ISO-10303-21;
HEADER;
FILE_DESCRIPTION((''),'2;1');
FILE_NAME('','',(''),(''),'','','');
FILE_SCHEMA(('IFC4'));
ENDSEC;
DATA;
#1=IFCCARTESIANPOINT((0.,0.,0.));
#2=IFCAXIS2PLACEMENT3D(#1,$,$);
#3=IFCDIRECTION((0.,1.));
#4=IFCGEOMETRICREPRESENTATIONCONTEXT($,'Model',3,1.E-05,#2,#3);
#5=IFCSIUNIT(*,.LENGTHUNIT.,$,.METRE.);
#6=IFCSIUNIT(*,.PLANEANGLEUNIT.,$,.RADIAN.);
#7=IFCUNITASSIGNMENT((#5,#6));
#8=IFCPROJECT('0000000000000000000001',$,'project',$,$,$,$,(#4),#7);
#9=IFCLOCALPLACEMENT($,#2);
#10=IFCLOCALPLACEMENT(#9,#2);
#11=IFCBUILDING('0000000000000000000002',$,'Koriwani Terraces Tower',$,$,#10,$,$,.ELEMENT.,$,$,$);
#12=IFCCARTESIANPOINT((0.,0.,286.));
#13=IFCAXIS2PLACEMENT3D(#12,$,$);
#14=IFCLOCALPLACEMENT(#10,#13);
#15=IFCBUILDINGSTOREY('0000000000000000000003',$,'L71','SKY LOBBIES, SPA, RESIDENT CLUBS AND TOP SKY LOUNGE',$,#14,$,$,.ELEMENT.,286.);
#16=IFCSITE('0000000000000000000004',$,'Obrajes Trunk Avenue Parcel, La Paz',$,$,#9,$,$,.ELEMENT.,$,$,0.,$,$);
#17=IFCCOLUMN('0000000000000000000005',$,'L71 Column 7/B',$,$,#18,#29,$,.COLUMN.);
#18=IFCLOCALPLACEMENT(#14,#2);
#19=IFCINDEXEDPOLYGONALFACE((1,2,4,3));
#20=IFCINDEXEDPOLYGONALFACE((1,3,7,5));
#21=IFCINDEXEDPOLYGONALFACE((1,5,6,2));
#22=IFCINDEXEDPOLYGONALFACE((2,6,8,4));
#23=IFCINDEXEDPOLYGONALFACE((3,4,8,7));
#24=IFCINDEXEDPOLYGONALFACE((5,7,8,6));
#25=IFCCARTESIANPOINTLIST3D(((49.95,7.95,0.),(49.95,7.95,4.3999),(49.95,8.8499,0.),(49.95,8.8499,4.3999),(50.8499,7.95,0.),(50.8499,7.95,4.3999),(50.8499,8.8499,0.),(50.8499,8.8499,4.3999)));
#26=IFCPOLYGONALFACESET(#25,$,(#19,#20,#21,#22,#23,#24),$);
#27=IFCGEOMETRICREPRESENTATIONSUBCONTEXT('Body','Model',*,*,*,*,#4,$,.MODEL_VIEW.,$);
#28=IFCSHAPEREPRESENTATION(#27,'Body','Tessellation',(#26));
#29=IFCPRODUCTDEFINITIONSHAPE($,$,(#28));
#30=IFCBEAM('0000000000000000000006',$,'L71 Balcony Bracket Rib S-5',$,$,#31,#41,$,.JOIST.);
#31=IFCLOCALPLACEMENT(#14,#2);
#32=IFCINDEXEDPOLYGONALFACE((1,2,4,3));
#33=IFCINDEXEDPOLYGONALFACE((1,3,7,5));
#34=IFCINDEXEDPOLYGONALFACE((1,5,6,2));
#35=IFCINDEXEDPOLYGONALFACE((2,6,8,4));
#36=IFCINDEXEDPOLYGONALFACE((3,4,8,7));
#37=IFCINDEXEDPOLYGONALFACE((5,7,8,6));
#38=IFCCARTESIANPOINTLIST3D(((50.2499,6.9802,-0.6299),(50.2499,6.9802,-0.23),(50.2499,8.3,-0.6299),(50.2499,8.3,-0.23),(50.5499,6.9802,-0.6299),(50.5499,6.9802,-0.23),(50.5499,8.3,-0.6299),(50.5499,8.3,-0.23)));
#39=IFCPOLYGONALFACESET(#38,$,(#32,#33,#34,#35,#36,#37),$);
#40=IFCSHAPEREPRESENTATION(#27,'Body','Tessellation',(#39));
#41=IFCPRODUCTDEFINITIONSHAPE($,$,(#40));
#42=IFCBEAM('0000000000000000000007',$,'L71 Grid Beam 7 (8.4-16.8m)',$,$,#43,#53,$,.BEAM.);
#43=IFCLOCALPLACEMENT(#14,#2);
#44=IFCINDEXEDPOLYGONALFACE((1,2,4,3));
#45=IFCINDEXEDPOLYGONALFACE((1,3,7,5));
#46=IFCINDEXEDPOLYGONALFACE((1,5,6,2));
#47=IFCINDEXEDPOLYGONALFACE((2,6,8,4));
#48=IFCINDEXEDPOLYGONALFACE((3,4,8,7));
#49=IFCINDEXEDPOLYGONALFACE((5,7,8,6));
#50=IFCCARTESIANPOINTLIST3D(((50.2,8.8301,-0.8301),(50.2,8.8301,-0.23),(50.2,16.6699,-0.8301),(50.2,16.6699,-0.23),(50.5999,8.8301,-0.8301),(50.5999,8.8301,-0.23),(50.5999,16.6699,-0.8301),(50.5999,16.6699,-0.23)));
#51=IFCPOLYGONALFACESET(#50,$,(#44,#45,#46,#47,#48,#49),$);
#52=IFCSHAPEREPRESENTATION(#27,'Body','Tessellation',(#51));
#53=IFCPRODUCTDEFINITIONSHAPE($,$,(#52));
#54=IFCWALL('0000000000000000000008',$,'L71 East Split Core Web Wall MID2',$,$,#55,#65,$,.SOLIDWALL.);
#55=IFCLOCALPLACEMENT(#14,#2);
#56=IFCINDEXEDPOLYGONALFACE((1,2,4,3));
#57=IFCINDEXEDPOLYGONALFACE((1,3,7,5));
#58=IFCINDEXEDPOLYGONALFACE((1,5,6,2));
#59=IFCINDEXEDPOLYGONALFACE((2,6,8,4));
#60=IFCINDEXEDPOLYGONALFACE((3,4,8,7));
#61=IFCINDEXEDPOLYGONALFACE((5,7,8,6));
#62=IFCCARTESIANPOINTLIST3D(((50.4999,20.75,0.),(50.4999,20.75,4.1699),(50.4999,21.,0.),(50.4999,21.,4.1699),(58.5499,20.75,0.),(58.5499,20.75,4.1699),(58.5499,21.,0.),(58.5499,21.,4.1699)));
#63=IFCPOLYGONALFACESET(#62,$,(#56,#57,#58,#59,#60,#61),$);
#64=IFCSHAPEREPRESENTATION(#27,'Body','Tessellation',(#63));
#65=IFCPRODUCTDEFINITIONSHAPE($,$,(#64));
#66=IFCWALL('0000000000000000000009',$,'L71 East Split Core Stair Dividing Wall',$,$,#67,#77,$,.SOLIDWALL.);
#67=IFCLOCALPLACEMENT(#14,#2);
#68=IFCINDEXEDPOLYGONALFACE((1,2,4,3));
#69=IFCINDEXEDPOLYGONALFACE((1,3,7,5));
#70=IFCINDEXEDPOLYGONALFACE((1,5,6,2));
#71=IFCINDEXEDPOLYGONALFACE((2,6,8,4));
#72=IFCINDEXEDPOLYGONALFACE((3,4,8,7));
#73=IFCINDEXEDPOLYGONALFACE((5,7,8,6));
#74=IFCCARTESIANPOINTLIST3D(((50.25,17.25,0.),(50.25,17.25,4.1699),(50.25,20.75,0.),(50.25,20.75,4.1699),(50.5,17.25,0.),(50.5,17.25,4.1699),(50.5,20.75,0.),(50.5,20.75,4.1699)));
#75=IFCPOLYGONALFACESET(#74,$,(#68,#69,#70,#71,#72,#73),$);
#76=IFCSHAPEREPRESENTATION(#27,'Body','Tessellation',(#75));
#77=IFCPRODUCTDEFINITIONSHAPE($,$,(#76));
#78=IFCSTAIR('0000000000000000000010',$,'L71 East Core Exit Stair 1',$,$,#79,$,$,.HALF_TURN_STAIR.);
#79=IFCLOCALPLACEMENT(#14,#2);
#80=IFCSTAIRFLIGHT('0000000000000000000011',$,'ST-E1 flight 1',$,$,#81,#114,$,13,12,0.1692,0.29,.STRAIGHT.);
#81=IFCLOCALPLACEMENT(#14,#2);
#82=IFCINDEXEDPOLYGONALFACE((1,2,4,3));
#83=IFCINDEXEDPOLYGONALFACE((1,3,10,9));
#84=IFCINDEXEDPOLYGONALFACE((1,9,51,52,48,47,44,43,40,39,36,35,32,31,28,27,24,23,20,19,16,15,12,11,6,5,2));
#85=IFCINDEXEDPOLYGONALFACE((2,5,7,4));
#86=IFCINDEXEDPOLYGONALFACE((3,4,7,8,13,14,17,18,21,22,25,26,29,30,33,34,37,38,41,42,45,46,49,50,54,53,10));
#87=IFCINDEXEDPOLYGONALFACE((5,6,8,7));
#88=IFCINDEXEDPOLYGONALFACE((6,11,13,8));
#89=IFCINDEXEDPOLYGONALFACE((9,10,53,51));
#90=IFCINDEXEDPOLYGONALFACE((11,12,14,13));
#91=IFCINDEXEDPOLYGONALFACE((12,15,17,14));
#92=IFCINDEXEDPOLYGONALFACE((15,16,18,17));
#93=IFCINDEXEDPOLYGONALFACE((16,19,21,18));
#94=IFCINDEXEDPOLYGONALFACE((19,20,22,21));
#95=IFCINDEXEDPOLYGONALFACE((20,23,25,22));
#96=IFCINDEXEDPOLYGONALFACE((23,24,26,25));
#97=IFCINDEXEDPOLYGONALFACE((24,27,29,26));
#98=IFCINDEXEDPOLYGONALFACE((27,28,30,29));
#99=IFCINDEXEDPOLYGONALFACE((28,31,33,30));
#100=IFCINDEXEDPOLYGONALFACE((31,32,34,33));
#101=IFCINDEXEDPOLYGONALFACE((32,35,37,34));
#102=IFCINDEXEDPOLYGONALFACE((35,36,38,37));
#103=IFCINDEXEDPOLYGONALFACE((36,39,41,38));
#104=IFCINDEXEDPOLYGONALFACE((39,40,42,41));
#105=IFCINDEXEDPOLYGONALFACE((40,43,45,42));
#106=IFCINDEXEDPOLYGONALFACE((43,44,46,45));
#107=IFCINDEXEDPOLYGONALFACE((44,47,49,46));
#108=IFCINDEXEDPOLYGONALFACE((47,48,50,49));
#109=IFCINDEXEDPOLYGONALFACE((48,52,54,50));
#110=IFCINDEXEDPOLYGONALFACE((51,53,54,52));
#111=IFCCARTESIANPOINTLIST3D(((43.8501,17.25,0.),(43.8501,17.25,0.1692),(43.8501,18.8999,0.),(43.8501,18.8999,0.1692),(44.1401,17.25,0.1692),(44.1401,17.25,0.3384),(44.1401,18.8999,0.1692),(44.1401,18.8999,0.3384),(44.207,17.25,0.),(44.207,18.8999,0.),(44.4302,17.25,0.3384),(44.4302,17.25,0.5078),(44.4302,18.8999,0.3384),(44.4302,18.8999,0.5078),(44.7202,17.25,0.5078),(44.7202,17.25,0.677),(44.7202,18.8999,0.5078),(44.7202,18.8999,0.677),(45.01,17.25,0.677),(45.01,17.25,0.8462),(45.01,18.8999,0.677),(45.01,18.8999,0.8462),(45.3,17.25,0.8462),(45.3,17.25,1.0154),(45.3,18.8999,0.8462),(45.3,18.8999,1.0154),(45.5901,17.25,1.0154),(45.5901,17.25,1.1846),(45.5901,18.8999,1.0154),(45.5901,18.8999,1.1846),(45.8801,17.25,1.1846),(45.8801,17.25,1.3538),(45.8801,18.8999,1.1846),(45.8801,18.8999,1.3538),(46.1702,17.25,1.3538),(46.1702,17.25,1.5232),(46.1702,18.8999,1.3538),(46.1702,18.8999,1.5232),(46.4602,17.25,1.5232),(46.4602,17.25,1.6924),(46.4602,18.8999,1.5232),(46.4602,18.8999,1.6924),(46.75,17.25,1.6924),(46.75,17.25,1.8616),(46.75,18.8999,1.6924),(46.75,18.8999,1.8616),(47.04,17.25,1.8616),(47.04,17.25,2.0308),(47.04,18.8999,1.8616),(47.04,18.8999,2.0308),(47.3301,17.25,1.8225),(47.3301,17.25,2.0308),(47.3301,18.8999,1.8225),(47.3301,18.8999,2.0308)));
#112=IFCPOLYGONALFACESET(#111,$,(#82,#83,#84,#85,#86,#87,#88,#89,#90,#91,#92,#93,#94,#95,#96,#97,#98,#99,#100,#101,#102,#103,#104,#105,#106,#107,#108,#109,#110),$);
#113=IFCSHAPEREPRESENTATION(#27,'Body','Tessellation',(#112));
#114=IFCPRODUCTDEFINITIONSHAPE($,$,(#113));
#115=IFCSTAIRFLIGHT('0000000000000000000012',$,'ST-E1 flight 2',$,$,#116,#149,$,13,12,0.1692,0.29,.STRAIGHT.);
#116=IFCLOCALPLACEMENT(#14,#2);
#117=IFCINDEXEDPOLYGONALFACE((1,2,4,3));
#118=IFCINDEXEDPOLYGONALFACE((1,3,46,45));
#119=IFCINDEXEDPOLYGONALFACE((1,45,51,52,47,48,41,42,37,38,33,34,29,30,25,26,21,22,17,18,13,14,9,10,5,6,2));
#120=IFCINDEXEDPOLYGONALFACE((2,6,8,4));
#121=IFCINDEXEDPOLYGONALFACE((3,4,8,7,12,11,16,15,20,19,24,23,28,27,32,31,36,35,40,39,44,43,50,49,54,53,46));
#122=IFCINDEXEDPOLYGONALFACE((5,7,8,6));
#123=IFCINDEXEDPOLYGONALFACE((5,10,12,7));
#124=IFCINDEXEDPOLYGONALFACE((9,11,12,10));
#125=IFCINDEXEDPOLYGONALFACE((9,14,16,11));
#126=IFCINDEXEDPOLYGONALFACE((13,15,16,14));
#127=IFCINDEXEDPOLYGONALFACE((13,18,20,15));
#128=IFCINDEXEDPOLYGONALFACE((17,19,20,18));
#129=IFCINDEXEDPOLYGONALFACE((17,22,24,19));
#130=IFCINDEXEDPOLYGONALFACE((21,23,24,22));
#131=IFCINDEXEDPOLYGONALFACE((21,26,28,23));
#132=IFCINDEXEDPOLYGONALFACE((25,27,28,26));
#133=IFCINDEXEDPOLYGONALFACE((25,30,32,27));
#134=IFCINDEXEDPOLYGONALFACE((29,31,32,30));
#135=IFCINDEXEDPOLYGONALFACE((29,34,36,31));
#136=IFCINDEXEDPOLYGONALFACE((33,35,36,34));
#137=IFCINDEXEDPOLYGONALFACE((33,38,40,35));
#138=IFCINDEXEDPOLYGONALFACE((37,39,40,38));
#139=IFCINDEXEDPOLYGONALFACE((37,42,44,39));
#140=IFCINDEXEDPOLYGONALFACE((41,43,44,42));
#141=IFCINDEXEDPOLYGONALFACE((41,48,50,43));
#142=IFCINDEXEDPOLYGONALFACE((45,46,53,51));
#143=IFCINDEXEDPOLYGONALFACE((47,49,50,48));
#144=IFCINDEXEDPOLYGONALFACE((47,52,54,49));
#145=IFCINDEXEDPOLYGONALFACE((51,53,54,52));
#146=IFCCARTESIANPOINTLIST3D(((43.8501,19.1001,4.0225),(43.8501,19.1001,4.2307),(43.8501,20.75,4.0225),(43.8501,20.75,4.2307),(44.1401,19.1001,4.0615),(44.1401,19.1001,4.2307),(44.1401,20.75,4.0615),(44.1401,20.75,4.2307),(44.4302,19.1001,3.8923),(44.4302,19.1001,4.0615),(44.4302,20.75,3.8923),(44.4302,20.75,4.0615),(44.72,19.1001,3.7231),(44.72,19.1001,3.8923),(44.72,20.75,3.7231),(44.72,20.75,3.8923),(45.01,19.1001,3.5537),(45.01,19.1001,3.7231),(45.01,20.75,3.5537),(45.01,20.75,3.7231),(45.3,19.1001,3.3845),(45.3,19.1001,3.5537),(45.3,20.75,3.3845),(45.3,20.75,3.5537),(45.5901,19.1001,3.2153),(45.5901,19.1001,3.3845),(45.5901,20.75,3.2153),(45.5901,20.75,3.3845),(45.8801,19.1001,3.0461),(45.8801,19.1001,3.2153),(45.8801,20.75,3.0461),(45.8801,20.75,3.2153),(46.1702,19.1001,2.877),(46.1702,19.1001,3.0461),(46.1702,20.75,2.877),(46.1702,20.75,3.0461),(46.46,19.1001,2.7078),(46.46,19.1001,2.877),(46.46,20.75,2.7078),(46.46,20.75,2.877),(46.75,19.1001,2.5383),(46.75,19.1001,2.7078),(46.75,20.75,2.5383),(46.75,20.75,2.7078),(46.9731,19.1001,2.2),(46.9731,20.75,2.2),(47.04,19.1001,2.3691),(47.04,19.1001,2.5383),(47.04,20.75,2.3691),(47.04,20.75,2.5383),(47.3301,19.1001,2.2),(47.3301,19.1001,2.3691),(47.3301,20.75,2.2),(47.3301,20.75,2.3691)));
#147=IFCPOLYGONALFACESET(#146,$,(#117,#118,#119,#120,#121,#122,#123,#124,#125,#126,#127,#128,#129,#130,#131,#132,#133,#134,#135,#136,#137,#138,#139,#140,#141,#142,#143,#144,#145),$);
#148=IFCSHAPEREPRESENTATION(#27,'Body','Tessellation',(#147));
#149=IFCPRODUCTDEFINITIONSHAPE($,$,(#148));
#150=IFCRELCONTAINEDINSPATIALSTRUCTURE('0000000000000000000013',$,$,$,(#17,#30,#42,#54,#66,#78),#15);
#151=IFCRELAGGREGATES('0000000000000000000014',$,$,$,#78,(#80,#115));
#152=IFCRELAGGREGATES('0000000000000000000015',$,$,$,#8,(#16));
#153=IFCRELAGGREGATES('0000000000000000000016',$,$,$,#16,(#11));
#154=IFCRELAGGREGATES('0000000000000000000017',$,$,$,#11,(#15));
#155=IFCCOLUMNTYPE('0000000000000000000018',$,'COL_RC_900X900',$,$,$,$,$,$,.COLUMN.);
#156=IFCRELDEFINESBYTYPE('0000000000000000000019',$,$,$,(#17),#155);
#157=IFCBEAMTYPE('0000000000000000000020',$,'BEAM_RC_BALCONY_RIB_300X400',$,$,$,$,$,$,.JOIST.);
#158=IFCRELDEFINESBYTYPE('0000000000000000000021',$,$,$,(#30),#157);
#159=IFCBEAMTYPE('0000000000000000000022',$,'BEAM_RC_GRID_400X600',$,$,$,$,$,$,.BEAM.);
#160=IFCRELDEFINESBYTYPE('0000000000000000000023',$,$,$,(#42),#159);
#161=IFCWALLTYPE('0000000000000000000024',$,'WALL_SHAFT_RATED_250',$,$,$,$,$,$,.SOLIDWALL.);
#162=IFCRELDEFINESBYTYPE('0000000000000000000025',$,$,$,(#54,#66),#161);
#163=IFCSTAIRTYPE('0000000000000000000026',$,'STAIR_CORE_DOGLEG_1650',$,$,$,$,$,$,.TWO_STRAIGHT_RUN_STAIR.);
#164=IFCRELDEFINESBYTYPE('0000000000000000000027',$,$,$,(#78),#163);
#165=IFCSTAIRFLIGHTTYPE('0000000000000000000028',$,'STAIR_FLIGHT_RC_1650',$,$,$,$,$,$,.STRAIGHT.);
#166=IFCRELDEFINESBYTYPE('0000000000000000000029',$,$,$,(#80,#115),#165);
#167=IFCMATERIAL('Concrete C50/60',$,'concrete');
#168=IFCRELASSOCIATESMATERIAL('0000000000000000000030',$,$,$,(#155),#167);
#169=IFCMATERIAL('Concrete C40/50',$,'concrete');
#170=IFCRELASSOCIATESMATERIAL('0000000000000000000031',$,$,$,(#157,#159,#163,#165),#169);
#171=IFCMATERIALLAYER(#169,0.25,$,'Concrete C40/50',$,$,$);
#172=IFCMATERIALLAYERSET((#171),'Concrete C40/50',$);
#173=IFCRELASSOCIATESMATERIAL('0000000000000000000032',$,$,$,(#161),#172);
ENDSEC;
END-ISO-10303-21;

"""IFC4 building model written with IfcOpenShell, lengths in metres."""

from ifc_helpers import new_model, si_unit, direction, frame, frame_2d, origin, origin_2d, place, context, subcontext, project, spatial, polyline, rectangle, outline, extrude, material, layer, layer_set, material_profile, profile_set, type_object, element, aggregate, save


model = new_model("IFC4")

# Units and contexts
model_context = context("Model", 3, precision=1e-05, world=origin(), true_north=direction((0.0, 1.0)))
body_context = subcontext(model_context, "Body", "Model", "MODEL_VIEW")
ifc_project = project(units=[si_unit("LENGTHUNIT", "METRE"), si_unit("PLANEANGLEUNIT", "RADIAN")], contexts=[model_context])

# Site, building, storey
site_placement = place(None, origin())
site = spatial("IfcSite", under=ifc_project, at=site_placement, Name="Obrajes Trunk Avenue Parcel, La Paz", CompositionType="ELEMENT", RefElevation=0.0)
building_placement = place(site_placement, origin())
building = spatial("IfcBuilding", under=site, at=building_placement, Name="Koriwani Terraces Tower", CompositionType="ELEMENT")
storey_placement = place(building_placement, frame((0.0, 0.0, 286.0)))
storey = spatial("IfcBuildingStorey", under=building, at=storey_placement, Name="L71", Description="SKY LOBBIES, SPA, RESIDENT CLUBS AND TOP SKY LOUNGE", CompositionType="ELEMENT", Elevation=286.0)

# Column
ifc_material_1 = material(Name="Concrete C50/60", Category="concrete")
ifc_material_profile_1 = material_profile(ifc_material_1, rectangle(XDim=0.8999, YDim=0.8999, at=origin_2d()), Name="Concrete C50/60", Category="LoadBearing")
ifc_profile_set_1 = profile_set([ifc_material_profile_1], Name="Concrete C50/60")
column_type = type_object("IfcColumnType", Name="COL_RC_900X900", PredefinedType="COLUMN", material=ifc_profile_set_1)
column_placement = place(storey_placement, frame((50.3999, 8.3999, 0.0), z_axis=(0.0, 0.0, 1.0), x_axis=(1.0, 0.0, 0.0)))
element("IfcColumn", 1, at=column_placement, inside=storey, type_object=column_type, Name="L71 Column 7/B", PredefinedType="COLUMN", context=body_context, shape_type="SweptSolid", body=[
    extrude(rectangle(XDim=0.8999, YDim=0.8999, at=origin_2d()), origin(), (0.0, 0.0, 1.0), 4.3999),
])

# Beams
ifc_material_2 = material(Name="Concrete C40/50", Category="concrete")
ifc_material_profile_2 = material_profile(ifc_material_2, rectangle(XDim=0.3, YDim=0.3999, at=origin_2d()), Name="Concrete C40/50", Category="LoadBearing")
ifc_profile_set_2 = profile_set([ifc_material_profile_2], Name="Concrete C40/50")
beam_type_1 = type_object("IfcBeamType", Name="BEAM_RC_BALCONY_RIB_300X400", PredefinedType="JOIST", material=ifc_profile_set_2)
beam_1_placement = place(storey_placement, frame((50.3999, 6.9802, -0.4299), z_axis=(0.0, 1.0, 0.0), x_axis=(-1.0, 0.0, 0.0)))
element("IfcBeam", 2, at=beam_1_placement, inside=storey, type_object=beam_type_1, Name="L71 Balcony Bracket Rib S-5", PredefinedType="JOIST", context=body_context, shape_type="SweptSolid", body=[
    extrude(rectangle(XDim=0.3, YDim=0.3999, at=origin_2d()), origin(), (0.0, 0.0, 1.0), 1.3198),
])
ifc_material_profile_3 = material_profile(ifc_material_2, rectangle(XDim=0.3999, YDim=0.6001, at=origin_2d()), Name="Concrete C40/50", Category="LoadBearing")
ifc_profile_set_3 = profile_set([ifc_material_profile_3], Name="Concrete C40/50")
beam_type_2 = type_object("IfcBeamType", Name="BEAM_RC_GRID_400X600", PredefinedType="BEAM", material=ifc_profile_set_3)
beam_2_placement = place(storey_placement, frame((50.3999, 8.8301, -0.53), z_axis=(0.0, 1.0, 0.0), x_axis=(-1.0, 0.0, 0.0)))
element("IfcBeam", 3, at=beam_2_placement, inside=storey, type_object=beam_type_2, Name="L71 Grid Beam 7 (8.4-16.8m)", PredefinedType="BEAM", context=body_context, shape_type="SweptSolid", body=[
    extrude(rectangle(XDim=0.3999, YDim=0.6001, at=origin_2d()), origin(), (0.0, 0.0, 1.0), 7.8398),
])

# Walls
ifc_layer_1 = layer(ifc_material_2, 0.25, Name="Concrete C40/50")
ifc_layer_set_1 = layer_set([ifc_layer_1], Name="Concrete C40/50")
wall_type = type_object("IfcWallType", Name="WALL_SHAFT_RATED_250", PredefinedType="SOLIDWALL", material=ifc_layer_set_1)
wall_1_placement = place(storey_placement, frame((50.5, 20.875, 0.0), z_axis=(0.0, 0.0, 1.0), x_axis=(1.0, 0.0, 0.0)))
element("IfcWall", 4, at=wall_1_placement, inside=storey, type_object=wall_type, Name="L71 East Split Core Web Wall MID2", PredefinedType="SOLIDWALL", context=body_context, shape_type="SweptSolid", body=[
    extrude(rectangle(XDim=8.05, YDim=0.25, at=frame_2d((4.0249, 0.0))), origin(), (0.0, 0.0, 1.0), 4.1699),
])
wall_2_placement = place(storey_placement, frame((50.375, 17.25, 0.0), z_axis=(0.0, 0.0, 1.0), x_axis=(0.0, 1.0, 0.0)))
element("IfcWall", 5, at=wall_2_placement, inside=storey, type_object=wall_type, Name="L71 East Split Core Stair Dividing Wall", PredefinedType="SOLIDWALL", context=body_context, shape_type="SweptSolid", body=[
    extrude(rectangle(XDim=3.5, YDim=0.25, at=frame_2d((1.75, 0.0))), origin(), (0.0, 0.0, 1.0), 4.1699),
])

# Stair, stair flights
stair_type = type_object("IfcStairType", Name="STAIR_CORE_DOGLEG_1650", PredefinedType="TWO_STRAIGHT_RUN_STAIR", material=ifc_material_2)
stair_1_placement = place(storey_placement, origin())
stair_1 = element("IfcStair", 6, at=stair_1_placement, inside=storey, type_object=stair_type, Name="L71 East Core Exit Stair 1", PredefinedType="HALF_TURN_STAIR")
stair_flight_type = type_object("IfcStairFlightType", Name="STAIR_FLIGHT_RC_1650", PredefinedType="STRAIGHT", material=ifc_material_2)
stair_flight_1_placement = place(storey_placement, frame((43.8501, 18.075, 0.0), z_axis=(0.0, 0.0, 1.0), x_axis=(1.0, 0.0, 0.0)))
stair_flight_1 = element("IfcStairFlight", 7, at=stair_flight_1_placement, type_object=stair_flight_type, Name="ST-E1 flight 1", NumberOfRisers=13, NumberOfTreads=12, PredefinedType="STRAIGHT", RiserHeight=0.1692, TreadLength=0.29, context=body_context, shape_type="SweptSolid", body=[
    extrude(outline(polyline([(0.0, 0.0), (0.0, 0.1692), (0.29, 0.1692), (0.29, 0.3384), (0.5801, 0.3384), (0.5801, 0.5078), (0.8701, 0.5078), (0.8701, 0.677), (1.1599, 0.677), (1.1599, 0.8462), (1.45, 0.8462), (1.45, 1.0154), (1.74, 1.0154), (1.74, 1.1846), (2.03, 1.1846), (2.03, 1.3538), (2.3201, 1.3538), (2.3201, 1.5232), (2.6101, 1.5232), (2.6101, 1.6924), (2.8999, 1.6924), (2.8999, 1.8616), (3.1899, 1.8616), (3.1899, 2.0308), (3.48, 2.0308), (3.48, 2.2), (3.48, 1.8225), (0.3569, 0.0), (0.0, 0.0)])), frame((0.0, 0.825, 0.0), z_axis=(0.0, -1.0, 0.0), x_axis=(1.0, 0.0, 0.0)), (0.0, 0.0, 1.0), 1.6499),
])
stair_flight_2_placement = place(storey_placement, frame((47.3301, 19.925, 2.2), z_axis=(0.0, 0.0, 1.0), x_axis=(-1.0, 0.0, 0.0)))
stair_flight_2 = element("IfcStairFlight", 8, at=stair_flight_2_placement, type_object=stair_flight_type, Name="ST-E1 flight 2", NumberOfRisers=13, NumberOfTreads=12, PredefinedType="STRAIGHT", RiserHeight=0.1692, TreadLength=0.29, context=body_context, shape_type="SweptSolid", body=[
    extrude(outline(polyline([(0.0, 0.0), (0.0, 0.1692), (0.29, 0.1692), (0.29, 0.3384), (0.5801, 0.3384), (0.5801, 0.5078), (0.8701, 0.5078), (0.8701, 0.677), (1.1599, 0.677), (1.1599, 0.8462), (1.45, 0.8462), (1.45, 1.0154), (1.74, 1.0154), (1.74, 1.1846), (2.03, 1.1846), (2.03, 1.3538), (2.3201, 1.3538), (2.3201, 1.5232), (2.6101, 1.5232), (2.6101, 1.6924), (2.8999, 1.6924), (2.8999, 1.8616), (3.1899, 1.8616), (3.1899, 2.0308), (3.48, 2.0308), (3.48, 2.2), (3.48, 1.8225), (0.3569, 0.0), (0.0, 0.0)])), frame((0.0, 0.825, 0.0), z_axis=(0.0, -1.0, 0.0), x_axis=(1.0, 0.0, 0.0)), (0.0, 0.0, 1.0), 1.6499),
])
aggregate(stair_1, [stair_flight_1, stair_flight_2])

save(model, "model.ifc")
